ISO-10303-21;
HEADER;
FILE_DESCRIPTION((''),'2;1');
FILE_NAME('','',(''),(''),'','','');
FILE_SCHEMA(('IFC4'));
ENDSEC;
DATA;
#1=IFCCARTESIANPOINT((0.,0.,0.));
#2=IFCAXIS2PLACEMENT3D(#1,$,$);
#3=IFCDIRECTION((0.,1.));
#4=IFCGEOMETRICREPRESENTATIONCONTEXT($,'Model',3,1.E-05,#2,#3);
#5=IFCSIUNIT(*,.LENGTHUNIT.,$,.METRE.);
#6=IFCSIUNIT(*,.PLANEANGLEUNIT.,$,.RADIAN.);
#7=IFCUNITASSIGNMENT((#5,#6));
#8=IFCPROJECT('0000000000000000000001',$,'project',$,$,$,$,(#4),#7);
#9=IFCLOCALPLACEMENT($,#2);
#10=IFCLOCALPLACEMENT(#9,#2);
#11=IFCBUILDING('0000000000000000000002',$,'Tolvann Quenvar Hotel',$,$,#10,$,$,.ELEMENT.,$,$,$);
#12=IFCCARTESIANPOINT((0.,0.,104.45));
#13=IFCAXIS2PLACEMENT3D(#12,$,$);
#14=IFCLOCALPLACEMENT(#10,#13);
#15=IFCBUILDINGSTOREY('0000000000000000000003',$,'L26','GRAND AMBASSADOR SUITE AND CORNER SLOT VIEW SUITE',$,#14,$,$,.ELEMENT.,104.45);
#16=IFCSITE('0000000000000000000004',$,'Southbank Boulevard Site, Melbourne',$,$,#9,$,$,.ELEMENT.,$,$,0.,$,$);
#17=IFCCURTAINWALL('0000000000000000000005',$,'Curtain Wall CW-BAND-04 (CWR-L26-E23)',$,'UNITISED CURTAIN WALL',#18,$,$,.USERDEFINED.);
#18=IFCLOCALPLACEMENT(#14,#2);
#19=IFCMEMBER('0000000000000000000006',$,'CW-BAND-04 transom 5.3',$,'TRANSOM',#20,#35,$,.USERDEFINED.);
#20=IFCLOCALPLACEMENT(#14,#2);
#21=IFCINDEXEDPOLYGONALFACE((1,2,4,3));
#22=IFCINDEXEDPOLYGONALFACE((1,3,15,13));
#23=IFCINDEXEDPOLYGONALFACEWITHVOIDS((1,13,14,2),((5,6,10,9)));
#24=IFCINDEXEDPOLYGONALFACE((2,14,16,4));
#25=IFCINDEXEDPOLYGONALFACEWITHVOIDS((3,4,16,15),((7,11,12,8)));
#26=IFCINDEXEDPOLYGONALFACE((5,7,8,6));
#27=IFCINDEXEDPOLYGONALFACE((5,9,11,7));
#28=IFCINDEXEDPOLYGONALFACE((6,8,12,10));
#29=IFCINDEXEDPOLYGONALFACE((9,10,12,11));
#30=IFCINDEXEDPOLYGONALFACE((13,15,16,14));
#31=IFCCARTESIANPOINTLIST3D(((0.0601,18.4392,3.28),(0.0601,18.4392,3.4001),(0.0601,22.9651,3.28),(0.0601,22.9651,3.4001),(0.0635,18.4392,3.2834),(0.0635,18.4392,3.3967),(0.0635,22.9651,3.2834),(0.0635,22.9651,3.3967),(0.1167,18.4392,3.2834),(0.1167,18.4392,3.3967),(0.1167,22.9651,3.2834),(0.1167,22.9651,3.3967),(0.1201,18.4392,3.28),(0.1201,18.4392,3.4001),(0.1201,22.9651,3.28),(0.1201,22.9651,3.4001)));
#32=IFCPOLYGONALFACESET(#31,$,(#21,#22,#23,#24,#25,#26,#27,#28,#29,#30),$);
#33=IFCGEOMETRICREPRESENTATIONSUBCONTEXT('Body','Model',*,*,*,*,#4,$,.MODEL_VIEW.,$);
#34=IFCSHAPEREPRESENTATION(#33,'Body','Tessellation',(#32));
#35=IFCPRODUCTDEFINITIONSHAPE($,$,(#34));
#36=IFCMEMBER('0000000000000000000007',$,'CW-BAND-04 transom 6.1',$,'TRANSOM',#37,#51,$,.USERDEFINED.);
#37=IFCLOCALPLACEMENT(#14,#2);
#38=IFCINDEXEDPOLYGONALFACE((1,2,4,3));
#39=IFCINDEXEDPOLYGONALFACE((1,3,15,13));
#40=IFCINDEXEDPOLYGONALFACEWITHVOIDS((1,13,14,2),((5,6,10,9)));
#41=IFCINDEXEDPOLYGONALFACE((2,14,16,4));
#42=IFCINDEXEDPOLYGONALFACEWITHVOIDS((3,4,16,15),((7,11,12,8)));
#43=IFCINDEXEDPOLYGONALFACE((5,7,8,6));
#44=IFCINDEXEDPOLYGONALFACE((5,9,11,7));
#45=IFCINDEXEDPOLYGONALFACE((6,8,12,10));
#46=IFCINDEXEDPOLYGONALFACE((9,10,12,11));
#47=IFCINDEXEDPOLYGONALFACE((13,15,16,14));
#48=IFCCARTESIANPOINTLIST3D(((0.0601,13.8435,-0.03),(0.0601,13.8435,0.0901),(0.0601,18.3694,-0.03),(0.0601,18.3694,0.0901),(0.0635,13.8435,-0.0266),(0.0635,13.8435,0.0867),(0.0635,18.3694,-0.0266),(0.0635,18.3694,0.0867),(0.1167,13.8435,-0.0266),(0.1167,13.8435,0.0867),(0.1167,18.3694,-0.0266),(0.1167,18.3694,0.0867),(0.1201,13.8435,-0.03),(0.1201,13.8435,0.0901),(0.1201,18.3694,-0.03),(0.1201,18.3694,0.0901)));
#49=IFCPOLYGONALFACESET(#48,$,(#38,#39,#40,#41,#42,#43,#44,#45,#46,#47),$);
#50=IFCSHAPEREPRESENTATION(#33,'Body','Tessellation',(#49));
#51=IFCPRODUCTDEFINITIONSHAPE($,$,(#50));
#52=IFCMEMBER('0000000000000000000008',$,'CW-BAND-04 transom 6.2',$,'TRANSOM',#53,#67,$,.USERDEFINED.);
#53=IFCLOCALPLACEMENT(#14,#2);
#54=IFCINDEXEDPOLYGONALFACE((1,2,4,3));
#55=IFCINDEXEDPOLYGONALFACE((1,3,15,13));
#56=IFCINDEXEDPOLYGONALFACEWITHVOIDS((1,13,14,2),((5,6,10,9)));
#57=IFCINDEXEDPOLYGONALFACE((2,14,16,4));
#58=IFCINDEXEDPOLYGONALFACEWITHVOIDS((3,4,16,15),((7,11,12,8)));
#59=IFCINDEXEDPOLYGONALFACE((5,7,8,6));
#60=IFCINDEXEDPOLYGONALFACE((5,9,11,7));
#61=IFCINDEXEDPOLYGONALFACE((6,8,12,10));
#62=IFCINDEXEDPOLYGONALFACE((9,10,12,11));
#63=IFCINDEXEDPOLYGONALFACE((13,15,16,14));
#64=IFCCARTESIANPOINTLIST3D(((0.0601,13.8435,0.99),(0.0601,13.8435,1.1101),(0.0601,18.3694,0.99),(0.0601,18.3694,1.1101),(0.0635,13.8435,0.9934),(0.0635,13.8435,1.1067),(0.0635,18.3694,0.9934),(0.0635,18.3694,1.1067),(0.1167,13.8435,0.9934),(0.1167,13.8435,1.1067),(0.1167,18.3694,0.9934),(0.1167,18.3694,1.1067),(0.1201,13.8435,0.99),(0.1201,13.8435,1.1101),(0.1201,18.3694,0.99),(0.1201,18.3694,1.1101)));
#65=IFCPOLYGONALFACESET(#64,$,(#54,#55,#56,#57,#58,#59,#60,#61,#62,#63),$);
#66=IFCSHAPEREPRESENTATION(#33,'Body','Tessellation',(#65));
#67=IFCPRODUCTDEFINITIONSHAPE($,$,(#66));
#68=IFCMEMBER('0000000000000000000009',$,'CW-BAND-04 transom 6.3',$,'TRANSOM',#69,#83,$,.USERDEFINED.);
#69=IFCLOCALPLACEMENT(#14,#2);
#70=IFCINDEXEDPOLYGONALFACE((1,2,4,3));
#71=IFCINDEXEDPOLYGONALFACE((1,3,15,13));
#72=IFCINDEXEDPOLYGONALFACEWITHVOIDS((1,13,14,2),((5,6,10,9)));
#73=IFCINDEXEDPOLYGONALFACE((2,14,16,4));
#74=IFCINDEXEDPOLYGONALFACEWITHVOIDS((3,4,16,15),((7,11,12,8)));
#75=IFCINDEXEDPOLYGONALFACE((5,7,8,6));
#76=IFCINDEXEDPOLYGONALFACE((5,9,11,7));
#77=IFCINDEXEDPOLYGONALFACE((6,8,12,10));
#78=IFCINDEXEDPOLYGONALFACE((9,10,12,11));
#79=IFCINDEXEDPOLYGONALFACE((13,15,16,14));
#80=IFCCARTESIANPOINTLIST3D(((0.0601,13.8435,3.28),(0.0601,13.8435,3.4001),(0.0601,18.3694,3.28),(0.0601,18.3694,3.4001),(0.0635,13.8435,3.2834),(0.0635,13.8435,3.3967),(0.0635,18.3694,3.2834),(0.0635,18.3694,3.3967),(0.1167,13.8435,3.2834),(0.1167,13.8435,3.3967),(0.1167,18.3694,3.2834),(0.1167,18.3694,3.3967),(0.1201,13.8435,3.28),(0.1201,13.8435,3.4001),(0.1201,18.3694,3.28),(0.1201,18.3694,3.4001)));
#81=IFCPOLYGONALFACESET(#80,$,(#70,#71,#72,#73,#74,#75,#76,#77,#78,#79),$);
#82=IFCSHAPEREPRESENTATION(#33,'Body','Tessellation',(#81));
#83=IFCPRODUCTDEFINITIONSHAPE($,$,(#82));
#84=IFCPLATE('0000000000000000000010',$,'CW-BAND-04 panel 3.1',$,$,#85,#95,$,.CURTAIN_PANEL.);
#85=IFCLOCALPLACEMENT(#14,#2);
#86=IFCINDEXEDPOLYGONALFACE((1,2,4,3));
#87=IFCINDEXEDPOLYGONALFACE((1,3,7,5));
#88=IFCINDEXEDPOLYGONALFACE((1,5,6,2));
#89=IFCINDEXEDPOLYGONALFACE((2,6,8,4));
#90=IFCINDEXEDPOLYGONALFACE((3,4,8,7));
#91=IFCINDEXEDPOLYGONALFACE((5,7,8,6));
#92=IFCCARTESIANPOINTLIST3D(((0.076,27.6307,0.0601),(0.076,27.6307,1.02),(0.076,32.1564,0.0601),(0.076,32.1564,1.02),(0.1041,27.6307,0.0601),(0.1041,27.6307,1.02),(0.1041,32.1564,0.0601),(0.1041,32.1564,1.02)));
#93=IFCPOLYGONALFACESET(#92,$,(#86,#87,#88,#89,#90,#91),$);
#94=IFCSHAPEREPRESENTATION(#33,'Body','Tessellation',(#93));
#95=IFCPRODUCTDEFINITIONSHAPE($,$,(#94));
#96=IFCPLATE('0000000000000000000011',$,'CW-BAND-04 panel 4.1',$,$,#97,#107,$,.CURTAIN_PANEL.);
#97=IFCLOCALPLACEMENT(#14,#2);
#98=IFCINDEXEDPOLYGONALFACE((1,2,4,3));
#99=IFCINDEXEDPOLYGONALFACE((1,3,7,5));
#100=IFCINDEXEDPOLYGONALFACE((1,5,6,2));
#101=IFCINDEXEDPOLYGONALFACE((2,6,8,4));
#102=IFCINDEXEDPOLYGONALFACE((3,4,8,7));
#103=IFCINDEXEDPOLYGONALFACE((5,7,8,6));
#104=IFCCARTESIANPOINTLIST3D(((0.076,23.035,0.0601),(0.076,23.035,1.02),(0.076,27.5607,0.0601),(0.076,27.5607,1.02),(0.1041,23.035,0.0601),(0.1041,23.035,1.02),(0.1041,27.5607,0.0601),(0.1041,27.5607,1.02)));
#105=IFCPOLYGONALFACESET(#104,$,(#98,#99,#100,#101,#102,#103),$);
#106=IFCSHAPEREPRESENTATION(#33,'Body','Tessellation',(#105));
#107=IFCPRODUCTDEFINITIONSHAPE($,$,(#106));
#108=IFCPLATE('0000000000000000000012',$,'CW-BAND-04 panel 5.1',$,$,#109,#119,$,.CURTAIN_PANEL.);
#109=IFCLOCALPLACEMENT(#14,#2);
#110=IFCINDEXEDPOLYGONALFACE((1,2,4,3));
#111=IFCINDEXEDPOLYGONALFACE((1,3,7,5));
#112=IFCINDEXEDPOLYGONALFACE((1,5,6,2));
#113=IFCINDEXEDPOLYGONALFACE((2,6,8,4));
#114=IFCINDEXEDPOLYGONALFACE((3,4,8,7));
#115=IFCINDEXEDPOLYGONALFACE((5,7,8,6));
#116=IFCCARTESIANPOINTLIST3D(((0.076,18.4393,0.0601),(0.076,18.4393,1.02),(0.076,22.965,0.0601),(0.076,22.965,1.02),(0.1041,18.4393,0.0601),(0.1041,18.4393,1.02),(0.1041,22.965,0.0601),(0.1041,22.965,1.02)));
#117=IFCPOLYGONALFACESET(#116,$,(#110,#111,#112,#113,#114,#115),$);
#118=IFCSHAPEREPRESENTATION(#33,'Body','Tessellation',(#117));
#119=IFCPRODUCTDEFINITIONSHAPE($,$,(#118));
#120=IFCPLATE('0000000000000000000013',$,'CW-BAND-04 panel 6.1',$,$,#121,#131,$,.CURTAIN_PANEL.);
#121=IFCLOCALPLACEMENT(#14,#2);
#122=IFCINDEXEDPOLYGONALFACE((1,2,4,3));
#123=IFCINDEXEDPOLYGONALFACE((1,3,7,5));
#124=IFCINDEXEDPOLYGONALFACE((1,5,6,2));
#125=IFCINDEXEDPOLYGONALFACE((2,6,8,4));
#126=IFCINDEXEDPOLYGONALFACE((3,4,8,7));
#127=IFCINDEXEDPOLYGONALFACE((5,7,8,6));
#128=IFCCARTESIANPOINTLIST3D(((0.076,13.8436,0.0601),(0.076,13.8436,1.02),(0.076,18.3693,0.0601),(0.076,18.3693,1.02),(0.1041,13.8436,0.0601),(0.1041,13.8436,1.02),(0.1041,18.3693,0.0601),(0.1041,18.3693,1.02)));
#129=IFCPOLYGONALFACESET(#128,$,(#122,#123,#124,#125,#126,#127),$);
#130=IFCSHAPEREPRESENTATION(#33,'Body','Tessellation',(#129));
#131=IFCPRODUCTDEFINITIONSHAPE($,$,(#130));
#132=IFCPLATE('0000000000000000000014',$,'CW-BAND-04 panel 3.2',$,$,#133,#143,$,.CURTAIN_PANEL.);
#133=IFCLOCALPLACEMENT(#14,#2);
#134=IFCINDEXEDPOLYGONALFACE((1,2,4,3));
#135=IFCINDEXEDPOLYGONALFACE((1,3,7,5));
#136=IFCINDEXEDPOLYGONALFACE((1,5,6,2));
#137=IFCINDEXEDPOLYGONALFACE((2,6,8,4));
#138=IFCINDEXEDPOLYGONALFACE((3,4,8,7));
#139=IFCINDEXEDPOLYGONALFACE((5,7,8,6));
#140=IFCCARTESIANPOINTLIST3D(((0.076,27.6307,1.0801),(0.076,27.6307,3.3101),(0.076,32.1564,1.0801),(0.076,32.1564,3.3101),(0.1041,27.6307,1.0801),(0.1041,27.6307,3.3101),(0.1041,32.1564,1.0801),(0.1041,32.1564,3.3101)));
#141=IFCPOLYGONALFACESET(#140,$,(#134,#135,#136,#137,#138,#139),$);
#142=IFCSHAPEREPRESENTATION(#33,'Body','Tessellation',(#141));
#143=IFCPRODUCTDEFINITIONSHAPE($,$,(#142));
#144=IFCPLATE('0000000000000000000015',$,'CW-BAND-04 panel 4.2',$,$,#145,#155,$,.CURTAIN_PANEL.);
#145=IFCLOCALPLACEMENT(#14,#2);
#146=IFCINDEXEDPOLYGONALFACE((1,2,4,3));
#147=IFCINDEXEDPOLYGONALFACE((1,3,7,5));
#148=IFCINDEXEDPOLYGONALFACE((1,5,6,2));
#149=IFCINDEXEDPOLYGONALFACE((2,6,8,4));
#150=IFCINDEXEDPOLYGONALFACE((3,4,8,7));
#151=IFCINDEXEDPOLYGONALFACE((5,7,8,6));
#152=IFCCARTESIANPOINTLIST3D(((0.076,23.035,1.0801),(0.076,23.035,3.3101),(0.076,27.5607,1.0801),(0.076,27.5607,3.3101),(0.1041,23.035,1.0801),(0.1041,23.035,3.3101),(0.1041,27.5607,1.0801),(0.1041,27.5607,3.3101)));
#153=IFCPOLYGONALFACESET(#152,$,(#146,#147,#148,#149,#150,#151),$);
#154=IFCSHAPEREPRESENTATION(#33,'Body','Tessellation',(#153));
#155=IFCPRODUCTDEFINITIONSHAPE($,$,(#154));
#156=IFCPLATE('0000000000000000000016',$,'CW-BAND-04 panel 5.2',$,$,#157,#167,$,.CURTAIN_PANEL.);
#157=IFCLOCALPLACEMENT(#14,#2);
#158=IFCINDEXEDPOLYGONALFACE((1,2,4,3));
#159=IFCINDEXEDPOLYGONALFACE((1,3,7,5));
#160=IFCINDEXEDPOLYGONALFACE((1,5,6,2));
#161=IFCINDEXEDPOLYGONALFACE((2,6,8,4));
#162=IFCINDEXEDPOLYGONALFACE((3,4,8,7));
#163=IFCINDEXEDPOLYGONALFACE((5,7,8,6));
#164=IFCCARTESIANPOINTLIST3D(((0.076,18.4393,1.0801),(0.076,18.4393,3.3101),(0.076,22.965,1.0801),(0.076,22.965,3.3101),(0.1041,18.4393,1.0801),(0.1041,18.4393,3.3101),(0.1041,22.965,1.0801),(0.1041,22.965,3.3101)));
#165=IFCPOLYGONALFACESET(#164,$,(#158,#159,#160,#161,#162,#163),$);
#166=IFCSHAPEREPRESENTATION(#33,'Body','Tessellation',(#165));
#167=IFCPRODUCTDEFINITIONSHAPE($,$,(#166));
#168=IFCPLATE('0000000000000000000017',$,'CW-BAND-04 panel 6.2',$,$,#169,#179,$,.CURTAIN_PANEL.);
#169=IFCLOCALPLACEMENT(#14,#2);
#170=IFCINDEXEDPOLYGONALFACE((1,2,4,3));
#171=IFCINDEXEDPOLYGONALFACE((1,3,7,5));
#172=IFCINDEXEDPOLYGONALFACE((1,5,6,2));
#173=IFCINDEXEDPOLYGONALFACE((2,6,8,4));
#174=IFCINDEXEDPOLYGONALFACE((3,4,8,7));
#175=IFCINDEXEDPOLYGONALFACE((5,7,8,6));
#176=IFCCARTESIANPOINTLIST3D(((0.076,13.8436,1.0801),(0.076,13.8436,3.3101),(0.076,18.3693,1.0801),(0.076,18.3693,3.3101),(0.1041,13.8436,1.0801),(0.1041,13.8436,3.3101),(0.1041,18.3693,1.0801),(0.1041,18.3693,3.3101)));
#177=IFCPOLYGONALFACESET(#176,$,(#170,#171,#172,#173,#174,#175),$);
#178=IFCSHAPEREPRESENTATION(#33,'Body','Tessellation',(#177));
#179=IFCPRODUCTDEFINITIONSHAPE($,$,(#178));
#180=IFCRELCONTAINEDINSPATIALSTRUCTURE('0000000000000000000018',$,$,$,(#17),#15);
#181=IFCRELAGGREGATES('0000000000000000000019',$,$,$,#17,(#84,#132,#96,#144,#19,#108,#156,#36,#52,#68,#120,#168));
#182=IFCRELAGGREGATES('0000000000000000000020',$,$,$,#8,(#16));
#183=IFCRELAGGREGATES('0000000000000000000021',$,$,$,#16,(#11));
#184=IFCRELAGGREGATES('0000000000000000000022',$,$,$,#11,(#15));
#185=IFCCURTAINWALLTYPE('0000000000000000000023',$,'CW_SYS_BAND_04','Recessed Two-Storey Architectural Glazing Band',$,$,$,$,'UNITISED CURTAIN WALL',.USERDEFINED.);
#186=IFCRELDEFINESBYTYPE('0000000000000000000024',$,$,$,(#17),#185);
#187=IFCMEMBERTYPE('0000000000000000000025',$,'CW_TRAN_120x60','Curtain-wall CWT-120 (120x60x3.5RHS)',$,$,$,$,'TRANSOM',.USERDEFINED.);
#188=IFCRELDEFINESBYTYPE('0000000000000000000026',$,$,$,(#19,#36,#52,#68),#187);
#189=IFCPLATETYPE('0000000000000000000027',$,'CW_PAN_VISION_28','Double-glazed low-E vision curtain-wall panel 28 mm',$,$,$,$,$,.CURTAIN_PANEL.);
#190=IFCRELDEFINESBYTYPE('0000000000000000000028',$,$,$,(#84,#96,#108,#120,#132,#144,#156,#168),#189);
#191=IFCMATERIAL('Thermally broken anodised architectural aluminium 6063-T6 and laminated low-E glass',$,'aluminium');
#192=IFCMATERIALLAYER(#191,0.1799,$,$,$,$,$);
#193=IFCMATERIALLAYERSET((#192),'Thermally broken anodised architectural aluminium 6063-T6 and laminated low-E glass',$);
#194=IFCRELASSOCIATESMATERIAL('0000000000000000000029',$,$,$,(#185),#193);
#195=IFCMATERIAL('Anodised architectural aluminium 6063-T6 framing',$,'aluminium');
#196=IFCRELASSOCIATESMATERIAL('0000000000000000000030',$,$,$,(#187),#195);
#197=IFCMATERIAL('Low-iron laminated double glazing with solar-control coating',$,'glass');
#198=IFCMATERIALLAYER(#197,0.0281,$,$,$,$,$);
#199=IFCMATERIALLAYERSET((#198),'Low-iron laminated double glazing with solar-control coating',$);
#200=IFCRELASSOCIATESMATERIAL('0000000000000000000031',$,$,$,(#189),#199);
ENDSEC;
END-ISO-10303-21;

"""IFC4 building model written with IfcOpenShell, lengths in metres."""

from ifc_helpers import new_model, si_unit, direction, frame, origin, origin_2d, place, context, subcontext, project, spatial, rectangle, hollow_rectangle, extrude, source, transform, mapped, material, layer, layer_set, material_profile, profile_set, type_object, type_shapes, element, aggregate, save


model = new_model("IFC4")

# Units and contexts
model_context = context("Model", 3, precision=1e-05, world=origin(), true_north=direction((0.0, 1.0)))
body_context = subcontext(model_context, "Body", "Model", "MODEL_VIEW")
ifc_project = project(units=[si_unit("LENGTHUNIT", "METRE"), si_unit("PLANEANGLEUNIT", "RADIAN")], contexts=[model_context])

# Site, building, storey
site_placement = place(None, origin())
site = spatial("IfcSite", under=ifc_project, at=site_placement, Name="Southbank Boulevard Site, Melbourne", CompositionType="ELEMENT", RefElevation=0.0)
building_placement = place(site_placement, origin())
building = spatial("IfcBuilding", under=site, at=building_placement, Name="Tolvann Quenvar Hotel", CompositionType="ELEMENT")
storey_placement = place(building_placement, frame((0.0, 0.0, 104.45)))
storey = spatial("IfcBuildingStorey", under=building, at=storey_placement, Name="L26", Description="GRAND AMBASSADOR SUITE AND CORNER SLOT VIEW SUITE", CompositionType="ELEMENT", Elevation=104.45)

# Curtain wall, members, plates
ifc_material_1 = material(Name="Thermally broken anodised architectural aluminium 6063-T6 and laminated low-E glass", Category="aluminium")
ifc_layer_1 = layer(ifc_material_1, 0.1799)
ifc_layer_set_1 = layer_set([ifc_layer_1], Name="Thermally broken anodised architectural aluminium 6063-T6 and laminated low-E glass")
curtain_wall_type = type_object("IfcCurtainWallType", Name="CW_SYS_BAND_04", Description="Recessed Two-Storey Architectural Glazing Band", ElementType="UNITISED CURTAIN WALL", PredefinedType="USERDEFINED", material=ifc_layer_set_1)
curtain_wall_placement = place(storey_placement, origin())
curtain_wall = element("IfcCurtainWall", 1, at=curtain_wall_placement, inside=storey, type_object=curtain_wall_type, Name="Curtain Wall CW-BAND-04 (CWR-L26-E23)", ObjectType="UNITISED CURTAIN WALL", PredefinedType="USERDEFINED")
ifc_material_2 = material(Name="Anodised architectural aluminium 6063-T6 framing", Category="aluminium")
ifc_material_profile_1 = material_profile(ifc_material_2, hollow_rectangle(XDim=0.0601, YDim=0.1201, WallThickness=0.0034, at=origin_2d()), Name="120x60x3.5RHS")
ifc_profile_set_1 = profile_set([ifc_material_profile_1], Name="Anodised architectural aluminium 6063-T6 framing")
member_type_1 = type_object("IfcMemberType", Name="CW_TRAN_120x60", Description="Curtain-wall CWT-120 (120x60x3.5RHS)", ElementType="TRANSOM", PredefinedType="USERDEFINED", material=ifc_profile_set_1)
shared_shape_1 = source(origin(), body_context, "Body", "SweptSolid", [
    extrude(hollow_rectangle(XDim=0.0601, YDim=0.1201, WallThickness=0.0034, at=origin_2d()), origin(), (0.0, 0.0, 1.0), 4.5259),
])
type_shapes(member_type_1, [shared_shape_1])
member_1_placement = place(storey_placement, frame((0.0901, 22.9651, 3.3401), z_axis=(0.0, -1.0, 0.0), x_axis=(1.0, 0.0, 0.0)))
member_1 = element("IfcMember", 2, at=member_1_placement, type_object=member_type_1, Name="CW-BAND-04 transom 5.3", ObjectType="TRANSOM", PredefinedType="USERDEFINED", context=body_context, shape_type="MappedRepresentation", body=[
    mapped(shared_shape_1, transform((0.0, 0.0, 0.0), x_axis=(1.0, 0.0, 0.0), y_axis=(0.0, 1.0, 0.0), z_axis=(0.0, 0.0, 1.0), scale=1.0)),
])
member_2_placement = place(storey_placement, frame((0.0901, 18.3694, 0.03), z_axis=(0.0, -1.0, 0.0), x_axis=(1.0, 0.0, 0.0)))
member_2 = element("IfcMember", 3, at=member_2_placement, type_object=member_type_1, Name="CW-BAND-04 transom 6.1", ObjectType="TRANSOM", PredefinedType="USERDEFINED", context=body_context, shape_type="MappedRepresentation", body=[
    mapped(shared_shape_1, transform((0.0, 0.0, 0.0), x_axis=(1.0, 0.0, 0.0), y_axis=(0.0, 1.0, 0.0), z_axis=(0.0, 0.0, 1.0), scale=1.0)),
])
member_3_placement = place(storey_placement, frame((0.0901, 18.3694, 1.05), z_axis=(0.0, -1.0, 0.0), x_axis=(1.0, 0.0, 0.0)))
member_3 = element("IfcMember", 4, at=member_3_placement, type_object=member_type_1, Name="CW-BAND-04 transom 6.2", ObjectType="TRANSOM", PredefinedType="USERDEFINED", context=body_context, shape_type="MappedRepresentation", body=[
    mapped(shared_shape_1, transform((0.0, 0.0, 0.0), x_axis=(1.0, 0.0, 0.0), y_axis=(0.0, 1.0, 0.0), z_axis=(0.0, 0.0, 1.0), scale=1.0)),
])
member_4_placement = place(storey_placement, frame((0.0901, 18.3694, 3.3401), z_axis=(0.0, -1.0, 0.0), x_axis=(1.0, 0.0, 0.0)))
member_4 = element("IfcMember", 5, at=member_4_placement, type_object=member_type_1, Name="CW-BAND-04 transom 6.3", ObjectType="TRANSOM", PredefinedType="USERDEFINED", context=body_context, shape_type="MappedRepresentation", body=[
    mapped(shared_shape_1, transform((0.0, 0.0, 0.0), x_axis=(1.0, 0.0, 0.0), y_axis=(0.0, 1.0, 0.0), z_axis=(0.0, 0.0, 1.0), scale=1.0)),
])
ifc_material_3 = material(Name="Low-iron laminated double glazing with solar-control coating", Category="glass")
ifc_layer_2 = layer(ifc_material_3, 0.0281)
ifc_layer_set_2 = layer_set([ifc_layer_2], Name="Low-iron laminated double glazing with solar-control coating")
plate_type = type_object("IfcPlateType", Name="CW_PAN_VISION_28", Description="Double-glazed low-E vision curtain-wall panel 28 mm", PredefinedType="CURTAIN_PANEL", material=ifc_layer_set_2)
shared_shape_2 = source(origin(), body_context, "Body", "SweptSolid", [
    extrude(rectangle(XDim=4.5256, YDim=0.0281, at=origin_2d()), origin(), (0.0, 0.0, 1.0), 0.96),
])
plate_1_placement = place(storey_placement, frame((0.0901, 29.8936, 0.0601), z_axis=(0.0, 0.0, 1.0), x_axis=(0.0, -1.0, 0.0)))
plate_1 = element("IfcPlate", 6, at=plate_1_placement, type_object=plate_type, Name="CW-BAND-04 panel 3.1", PredefinedType="CURTAIN_PANEL", context=body_context, shape_type="MappedRepresentation", body=[
    mapped(shared_shape_2, transform((0.0, 0.0, 0.0), x_axis=(1.0, 0.0, 0.0), y_axis=(0.0, 1.0, 0.0), z_axis=(0.0, 0.0, 1.0), scale=1.0)),
])
plate_2_placement = place(storey_placement, frame((0.0901, 25.2979, 0.0601), z_axis=(0.0, 0.0, 1.0), x_axis=(0.0, -1.0, 0.0)))
plate_2 = element("IfcPlate", 7, at=plate_2_placement, type_object=plate_type, Name="CW-BAND-04 panel 4.1", PredefinedType="CURTAIN_PANEL", context=body_context, shape_type="MappedRepresentation", body=[
    mapped(shared_shape_2, transform((0.0, 0.0, 0.0), x_axis=(1.0, 0.0, 0.0), y_axis=(0.0, 1.0, 0.0), z_axis=(0.0, 0.0, 1.0), scale=1.0)),
])
plate_3_placement = place(storey_placement, frame((0.0901, 20.7021, 0.0601), z_axis=(0.0, 0.0, 1.0), x_axis=(0.0, -1.0, 0.0)))
plate_3 = element("IfcPlate", 8, at=plate_3_placement, type_object=plate_type, Name="CW-BAND-04 panel 5.1", PredefinedType="CURTAIN_PANEL", context=body_context, shape_type="MappedRepresentation", body=[
    mapped(shared_shape_2, transform((0.0, 0.0, 0.0), x_axis=(1.0, 0.0, 0.0), y_axis=(0.0, 1.0, 0.0), z_axis=(0.0, 0.0, 1.0), scale=1.0)),
])
plate_4_placement = place(storey_placement, frame((0.0901, 16.1064, 0.0601), z_axis=(0.0, 0.0, 1.0), x_axis=(0.0, -1.0, 0.0)))
plate_4 = element("IfcPlate", 9, at=plate_4_placement, type_object=plate_type, Name="CW-BAND-04 panel 6.1", PredefinedType="CURTAIN_PANEL", context=body_context, shape_type="MappedRepresentation", body=[
    mapped(shared_shape_2, transform((0.0, 0.0, 0.0), x_axis=(1.0, 0.0, 0.0), y_axis=(0.0, 1.0, 0.0), z_axis=(0.0, 0.0, 1.0), scale=1.0)),
])
shared_shape_3 = source(origin(), body_context, "Body", "SweptSolid", [
    extrude(rectangle(XDim=4.5256, YDim=0.0281, at=origin_2d()), origin(), (0.0, 0.0, 1.0), 2.23),
])
type_shapes(plate_type, [shared_shape_2, shared_shape_3])
plate_5_placement = place(storey_placement, frame((0.0901, 29.8936, 1.0801), z_axis=(0.0, 0.0, 1.0), x_axis=(0.0, -1.0, 0.0)))
plate_5 = element("IfcPlate", 10, at=plate_5_placement, type_object=plate_type, Name="CW-BAND-04 panel 3.2", PredefinedType="CURTAIN_PANEL", context=body_context, shape_type="MappedRepresentation", body=[
    mapped(shared_shape_3, transform((0.0, 0.0, 0.0), x_axis=(1.0, 0.0, 0.0), y_axis=(0.0, 1.0, 0.0), z_axis=(0.0, 0.0, 1.0), scale=1.0)),
])
plate_6_placement = place(storey_placement, frame((0.0901, 25.2979, 1.0801), z_axis=(0.0, 0.0, 1.0), x_axis=(0.0, -1.0, 0.0)))
plate_6 = element("IfcPlate", 11, at=plate_6_placement, type_object=plate_type, Name="CW-BAND-04 panel 4.2", PredefinedType="CURTAIN_PANEL", context=body_context, shape_type="MappedRepresentation", body=[
    mapped(shared_shape_3, transform((0.0, 0.0, 0.0), x_axis=(1.0, 0.0, 0.0), y_axis=(0.0, 1.0, 0.0), z_axis=(0.0, 0.0, 1.0), scale=1.0)),
])
plate_7_placement = place(storey_placement, frame((0.0901, 20.7021, 1.0801), z_axis=(0.0, 0.0, 1.0), x_axis=(0.0, -1.0, 0.0)))
plate_7 = element("IfcPlate", 12, at=plate_7_placement, type_object=plate_type, Name="CW-BAND-04 panel 5.2", PredefinedType="CURTAIN_PANEL", context=body_context, shape_type="MappedRepresentation", body=[
    mapped(shared_shape_3, transform((0.0, 0.0, 0.0), x_axis=(1.0, 0.0, 0.0), y_axis=(0.0, 1.0, 0.0), z_axis=(0.0, 0.0, 1.0), scale=1.0)),
])
plate_8_placement = place(storey_placement, frame((0.0901, 16.1064, 1.0801), z_axis=(0.0, 0.0, 1.0), x_axis=(0.0, -1.0, 0.0)))
plate_8 = element("IfcPlate", 13, at=plate_8_placement, type_object=plate_type, Name="CW-BAND-04 panel 6.2", PredefinedType="CURTAIN_PANEL", context=body_context, shape_type="MappedRepresentation", body=[
    mapped(shared_shape_3, transform((0.0, 0.0, 0.0), x_axis=(1.0, 0.0, 0.0), y_axis=(0.0, 1.0, 0.0), z_axis=(0.0, 0.0, 1.0), scale=1.0)),
])
aggregate(curtain_wall, [plate_1, plate_5, plate_2, plate_6, member_1, plate_3, plate_7, member_2, member_3, member_4, plate_4, plate_8])

save(model, "model.ifc")
